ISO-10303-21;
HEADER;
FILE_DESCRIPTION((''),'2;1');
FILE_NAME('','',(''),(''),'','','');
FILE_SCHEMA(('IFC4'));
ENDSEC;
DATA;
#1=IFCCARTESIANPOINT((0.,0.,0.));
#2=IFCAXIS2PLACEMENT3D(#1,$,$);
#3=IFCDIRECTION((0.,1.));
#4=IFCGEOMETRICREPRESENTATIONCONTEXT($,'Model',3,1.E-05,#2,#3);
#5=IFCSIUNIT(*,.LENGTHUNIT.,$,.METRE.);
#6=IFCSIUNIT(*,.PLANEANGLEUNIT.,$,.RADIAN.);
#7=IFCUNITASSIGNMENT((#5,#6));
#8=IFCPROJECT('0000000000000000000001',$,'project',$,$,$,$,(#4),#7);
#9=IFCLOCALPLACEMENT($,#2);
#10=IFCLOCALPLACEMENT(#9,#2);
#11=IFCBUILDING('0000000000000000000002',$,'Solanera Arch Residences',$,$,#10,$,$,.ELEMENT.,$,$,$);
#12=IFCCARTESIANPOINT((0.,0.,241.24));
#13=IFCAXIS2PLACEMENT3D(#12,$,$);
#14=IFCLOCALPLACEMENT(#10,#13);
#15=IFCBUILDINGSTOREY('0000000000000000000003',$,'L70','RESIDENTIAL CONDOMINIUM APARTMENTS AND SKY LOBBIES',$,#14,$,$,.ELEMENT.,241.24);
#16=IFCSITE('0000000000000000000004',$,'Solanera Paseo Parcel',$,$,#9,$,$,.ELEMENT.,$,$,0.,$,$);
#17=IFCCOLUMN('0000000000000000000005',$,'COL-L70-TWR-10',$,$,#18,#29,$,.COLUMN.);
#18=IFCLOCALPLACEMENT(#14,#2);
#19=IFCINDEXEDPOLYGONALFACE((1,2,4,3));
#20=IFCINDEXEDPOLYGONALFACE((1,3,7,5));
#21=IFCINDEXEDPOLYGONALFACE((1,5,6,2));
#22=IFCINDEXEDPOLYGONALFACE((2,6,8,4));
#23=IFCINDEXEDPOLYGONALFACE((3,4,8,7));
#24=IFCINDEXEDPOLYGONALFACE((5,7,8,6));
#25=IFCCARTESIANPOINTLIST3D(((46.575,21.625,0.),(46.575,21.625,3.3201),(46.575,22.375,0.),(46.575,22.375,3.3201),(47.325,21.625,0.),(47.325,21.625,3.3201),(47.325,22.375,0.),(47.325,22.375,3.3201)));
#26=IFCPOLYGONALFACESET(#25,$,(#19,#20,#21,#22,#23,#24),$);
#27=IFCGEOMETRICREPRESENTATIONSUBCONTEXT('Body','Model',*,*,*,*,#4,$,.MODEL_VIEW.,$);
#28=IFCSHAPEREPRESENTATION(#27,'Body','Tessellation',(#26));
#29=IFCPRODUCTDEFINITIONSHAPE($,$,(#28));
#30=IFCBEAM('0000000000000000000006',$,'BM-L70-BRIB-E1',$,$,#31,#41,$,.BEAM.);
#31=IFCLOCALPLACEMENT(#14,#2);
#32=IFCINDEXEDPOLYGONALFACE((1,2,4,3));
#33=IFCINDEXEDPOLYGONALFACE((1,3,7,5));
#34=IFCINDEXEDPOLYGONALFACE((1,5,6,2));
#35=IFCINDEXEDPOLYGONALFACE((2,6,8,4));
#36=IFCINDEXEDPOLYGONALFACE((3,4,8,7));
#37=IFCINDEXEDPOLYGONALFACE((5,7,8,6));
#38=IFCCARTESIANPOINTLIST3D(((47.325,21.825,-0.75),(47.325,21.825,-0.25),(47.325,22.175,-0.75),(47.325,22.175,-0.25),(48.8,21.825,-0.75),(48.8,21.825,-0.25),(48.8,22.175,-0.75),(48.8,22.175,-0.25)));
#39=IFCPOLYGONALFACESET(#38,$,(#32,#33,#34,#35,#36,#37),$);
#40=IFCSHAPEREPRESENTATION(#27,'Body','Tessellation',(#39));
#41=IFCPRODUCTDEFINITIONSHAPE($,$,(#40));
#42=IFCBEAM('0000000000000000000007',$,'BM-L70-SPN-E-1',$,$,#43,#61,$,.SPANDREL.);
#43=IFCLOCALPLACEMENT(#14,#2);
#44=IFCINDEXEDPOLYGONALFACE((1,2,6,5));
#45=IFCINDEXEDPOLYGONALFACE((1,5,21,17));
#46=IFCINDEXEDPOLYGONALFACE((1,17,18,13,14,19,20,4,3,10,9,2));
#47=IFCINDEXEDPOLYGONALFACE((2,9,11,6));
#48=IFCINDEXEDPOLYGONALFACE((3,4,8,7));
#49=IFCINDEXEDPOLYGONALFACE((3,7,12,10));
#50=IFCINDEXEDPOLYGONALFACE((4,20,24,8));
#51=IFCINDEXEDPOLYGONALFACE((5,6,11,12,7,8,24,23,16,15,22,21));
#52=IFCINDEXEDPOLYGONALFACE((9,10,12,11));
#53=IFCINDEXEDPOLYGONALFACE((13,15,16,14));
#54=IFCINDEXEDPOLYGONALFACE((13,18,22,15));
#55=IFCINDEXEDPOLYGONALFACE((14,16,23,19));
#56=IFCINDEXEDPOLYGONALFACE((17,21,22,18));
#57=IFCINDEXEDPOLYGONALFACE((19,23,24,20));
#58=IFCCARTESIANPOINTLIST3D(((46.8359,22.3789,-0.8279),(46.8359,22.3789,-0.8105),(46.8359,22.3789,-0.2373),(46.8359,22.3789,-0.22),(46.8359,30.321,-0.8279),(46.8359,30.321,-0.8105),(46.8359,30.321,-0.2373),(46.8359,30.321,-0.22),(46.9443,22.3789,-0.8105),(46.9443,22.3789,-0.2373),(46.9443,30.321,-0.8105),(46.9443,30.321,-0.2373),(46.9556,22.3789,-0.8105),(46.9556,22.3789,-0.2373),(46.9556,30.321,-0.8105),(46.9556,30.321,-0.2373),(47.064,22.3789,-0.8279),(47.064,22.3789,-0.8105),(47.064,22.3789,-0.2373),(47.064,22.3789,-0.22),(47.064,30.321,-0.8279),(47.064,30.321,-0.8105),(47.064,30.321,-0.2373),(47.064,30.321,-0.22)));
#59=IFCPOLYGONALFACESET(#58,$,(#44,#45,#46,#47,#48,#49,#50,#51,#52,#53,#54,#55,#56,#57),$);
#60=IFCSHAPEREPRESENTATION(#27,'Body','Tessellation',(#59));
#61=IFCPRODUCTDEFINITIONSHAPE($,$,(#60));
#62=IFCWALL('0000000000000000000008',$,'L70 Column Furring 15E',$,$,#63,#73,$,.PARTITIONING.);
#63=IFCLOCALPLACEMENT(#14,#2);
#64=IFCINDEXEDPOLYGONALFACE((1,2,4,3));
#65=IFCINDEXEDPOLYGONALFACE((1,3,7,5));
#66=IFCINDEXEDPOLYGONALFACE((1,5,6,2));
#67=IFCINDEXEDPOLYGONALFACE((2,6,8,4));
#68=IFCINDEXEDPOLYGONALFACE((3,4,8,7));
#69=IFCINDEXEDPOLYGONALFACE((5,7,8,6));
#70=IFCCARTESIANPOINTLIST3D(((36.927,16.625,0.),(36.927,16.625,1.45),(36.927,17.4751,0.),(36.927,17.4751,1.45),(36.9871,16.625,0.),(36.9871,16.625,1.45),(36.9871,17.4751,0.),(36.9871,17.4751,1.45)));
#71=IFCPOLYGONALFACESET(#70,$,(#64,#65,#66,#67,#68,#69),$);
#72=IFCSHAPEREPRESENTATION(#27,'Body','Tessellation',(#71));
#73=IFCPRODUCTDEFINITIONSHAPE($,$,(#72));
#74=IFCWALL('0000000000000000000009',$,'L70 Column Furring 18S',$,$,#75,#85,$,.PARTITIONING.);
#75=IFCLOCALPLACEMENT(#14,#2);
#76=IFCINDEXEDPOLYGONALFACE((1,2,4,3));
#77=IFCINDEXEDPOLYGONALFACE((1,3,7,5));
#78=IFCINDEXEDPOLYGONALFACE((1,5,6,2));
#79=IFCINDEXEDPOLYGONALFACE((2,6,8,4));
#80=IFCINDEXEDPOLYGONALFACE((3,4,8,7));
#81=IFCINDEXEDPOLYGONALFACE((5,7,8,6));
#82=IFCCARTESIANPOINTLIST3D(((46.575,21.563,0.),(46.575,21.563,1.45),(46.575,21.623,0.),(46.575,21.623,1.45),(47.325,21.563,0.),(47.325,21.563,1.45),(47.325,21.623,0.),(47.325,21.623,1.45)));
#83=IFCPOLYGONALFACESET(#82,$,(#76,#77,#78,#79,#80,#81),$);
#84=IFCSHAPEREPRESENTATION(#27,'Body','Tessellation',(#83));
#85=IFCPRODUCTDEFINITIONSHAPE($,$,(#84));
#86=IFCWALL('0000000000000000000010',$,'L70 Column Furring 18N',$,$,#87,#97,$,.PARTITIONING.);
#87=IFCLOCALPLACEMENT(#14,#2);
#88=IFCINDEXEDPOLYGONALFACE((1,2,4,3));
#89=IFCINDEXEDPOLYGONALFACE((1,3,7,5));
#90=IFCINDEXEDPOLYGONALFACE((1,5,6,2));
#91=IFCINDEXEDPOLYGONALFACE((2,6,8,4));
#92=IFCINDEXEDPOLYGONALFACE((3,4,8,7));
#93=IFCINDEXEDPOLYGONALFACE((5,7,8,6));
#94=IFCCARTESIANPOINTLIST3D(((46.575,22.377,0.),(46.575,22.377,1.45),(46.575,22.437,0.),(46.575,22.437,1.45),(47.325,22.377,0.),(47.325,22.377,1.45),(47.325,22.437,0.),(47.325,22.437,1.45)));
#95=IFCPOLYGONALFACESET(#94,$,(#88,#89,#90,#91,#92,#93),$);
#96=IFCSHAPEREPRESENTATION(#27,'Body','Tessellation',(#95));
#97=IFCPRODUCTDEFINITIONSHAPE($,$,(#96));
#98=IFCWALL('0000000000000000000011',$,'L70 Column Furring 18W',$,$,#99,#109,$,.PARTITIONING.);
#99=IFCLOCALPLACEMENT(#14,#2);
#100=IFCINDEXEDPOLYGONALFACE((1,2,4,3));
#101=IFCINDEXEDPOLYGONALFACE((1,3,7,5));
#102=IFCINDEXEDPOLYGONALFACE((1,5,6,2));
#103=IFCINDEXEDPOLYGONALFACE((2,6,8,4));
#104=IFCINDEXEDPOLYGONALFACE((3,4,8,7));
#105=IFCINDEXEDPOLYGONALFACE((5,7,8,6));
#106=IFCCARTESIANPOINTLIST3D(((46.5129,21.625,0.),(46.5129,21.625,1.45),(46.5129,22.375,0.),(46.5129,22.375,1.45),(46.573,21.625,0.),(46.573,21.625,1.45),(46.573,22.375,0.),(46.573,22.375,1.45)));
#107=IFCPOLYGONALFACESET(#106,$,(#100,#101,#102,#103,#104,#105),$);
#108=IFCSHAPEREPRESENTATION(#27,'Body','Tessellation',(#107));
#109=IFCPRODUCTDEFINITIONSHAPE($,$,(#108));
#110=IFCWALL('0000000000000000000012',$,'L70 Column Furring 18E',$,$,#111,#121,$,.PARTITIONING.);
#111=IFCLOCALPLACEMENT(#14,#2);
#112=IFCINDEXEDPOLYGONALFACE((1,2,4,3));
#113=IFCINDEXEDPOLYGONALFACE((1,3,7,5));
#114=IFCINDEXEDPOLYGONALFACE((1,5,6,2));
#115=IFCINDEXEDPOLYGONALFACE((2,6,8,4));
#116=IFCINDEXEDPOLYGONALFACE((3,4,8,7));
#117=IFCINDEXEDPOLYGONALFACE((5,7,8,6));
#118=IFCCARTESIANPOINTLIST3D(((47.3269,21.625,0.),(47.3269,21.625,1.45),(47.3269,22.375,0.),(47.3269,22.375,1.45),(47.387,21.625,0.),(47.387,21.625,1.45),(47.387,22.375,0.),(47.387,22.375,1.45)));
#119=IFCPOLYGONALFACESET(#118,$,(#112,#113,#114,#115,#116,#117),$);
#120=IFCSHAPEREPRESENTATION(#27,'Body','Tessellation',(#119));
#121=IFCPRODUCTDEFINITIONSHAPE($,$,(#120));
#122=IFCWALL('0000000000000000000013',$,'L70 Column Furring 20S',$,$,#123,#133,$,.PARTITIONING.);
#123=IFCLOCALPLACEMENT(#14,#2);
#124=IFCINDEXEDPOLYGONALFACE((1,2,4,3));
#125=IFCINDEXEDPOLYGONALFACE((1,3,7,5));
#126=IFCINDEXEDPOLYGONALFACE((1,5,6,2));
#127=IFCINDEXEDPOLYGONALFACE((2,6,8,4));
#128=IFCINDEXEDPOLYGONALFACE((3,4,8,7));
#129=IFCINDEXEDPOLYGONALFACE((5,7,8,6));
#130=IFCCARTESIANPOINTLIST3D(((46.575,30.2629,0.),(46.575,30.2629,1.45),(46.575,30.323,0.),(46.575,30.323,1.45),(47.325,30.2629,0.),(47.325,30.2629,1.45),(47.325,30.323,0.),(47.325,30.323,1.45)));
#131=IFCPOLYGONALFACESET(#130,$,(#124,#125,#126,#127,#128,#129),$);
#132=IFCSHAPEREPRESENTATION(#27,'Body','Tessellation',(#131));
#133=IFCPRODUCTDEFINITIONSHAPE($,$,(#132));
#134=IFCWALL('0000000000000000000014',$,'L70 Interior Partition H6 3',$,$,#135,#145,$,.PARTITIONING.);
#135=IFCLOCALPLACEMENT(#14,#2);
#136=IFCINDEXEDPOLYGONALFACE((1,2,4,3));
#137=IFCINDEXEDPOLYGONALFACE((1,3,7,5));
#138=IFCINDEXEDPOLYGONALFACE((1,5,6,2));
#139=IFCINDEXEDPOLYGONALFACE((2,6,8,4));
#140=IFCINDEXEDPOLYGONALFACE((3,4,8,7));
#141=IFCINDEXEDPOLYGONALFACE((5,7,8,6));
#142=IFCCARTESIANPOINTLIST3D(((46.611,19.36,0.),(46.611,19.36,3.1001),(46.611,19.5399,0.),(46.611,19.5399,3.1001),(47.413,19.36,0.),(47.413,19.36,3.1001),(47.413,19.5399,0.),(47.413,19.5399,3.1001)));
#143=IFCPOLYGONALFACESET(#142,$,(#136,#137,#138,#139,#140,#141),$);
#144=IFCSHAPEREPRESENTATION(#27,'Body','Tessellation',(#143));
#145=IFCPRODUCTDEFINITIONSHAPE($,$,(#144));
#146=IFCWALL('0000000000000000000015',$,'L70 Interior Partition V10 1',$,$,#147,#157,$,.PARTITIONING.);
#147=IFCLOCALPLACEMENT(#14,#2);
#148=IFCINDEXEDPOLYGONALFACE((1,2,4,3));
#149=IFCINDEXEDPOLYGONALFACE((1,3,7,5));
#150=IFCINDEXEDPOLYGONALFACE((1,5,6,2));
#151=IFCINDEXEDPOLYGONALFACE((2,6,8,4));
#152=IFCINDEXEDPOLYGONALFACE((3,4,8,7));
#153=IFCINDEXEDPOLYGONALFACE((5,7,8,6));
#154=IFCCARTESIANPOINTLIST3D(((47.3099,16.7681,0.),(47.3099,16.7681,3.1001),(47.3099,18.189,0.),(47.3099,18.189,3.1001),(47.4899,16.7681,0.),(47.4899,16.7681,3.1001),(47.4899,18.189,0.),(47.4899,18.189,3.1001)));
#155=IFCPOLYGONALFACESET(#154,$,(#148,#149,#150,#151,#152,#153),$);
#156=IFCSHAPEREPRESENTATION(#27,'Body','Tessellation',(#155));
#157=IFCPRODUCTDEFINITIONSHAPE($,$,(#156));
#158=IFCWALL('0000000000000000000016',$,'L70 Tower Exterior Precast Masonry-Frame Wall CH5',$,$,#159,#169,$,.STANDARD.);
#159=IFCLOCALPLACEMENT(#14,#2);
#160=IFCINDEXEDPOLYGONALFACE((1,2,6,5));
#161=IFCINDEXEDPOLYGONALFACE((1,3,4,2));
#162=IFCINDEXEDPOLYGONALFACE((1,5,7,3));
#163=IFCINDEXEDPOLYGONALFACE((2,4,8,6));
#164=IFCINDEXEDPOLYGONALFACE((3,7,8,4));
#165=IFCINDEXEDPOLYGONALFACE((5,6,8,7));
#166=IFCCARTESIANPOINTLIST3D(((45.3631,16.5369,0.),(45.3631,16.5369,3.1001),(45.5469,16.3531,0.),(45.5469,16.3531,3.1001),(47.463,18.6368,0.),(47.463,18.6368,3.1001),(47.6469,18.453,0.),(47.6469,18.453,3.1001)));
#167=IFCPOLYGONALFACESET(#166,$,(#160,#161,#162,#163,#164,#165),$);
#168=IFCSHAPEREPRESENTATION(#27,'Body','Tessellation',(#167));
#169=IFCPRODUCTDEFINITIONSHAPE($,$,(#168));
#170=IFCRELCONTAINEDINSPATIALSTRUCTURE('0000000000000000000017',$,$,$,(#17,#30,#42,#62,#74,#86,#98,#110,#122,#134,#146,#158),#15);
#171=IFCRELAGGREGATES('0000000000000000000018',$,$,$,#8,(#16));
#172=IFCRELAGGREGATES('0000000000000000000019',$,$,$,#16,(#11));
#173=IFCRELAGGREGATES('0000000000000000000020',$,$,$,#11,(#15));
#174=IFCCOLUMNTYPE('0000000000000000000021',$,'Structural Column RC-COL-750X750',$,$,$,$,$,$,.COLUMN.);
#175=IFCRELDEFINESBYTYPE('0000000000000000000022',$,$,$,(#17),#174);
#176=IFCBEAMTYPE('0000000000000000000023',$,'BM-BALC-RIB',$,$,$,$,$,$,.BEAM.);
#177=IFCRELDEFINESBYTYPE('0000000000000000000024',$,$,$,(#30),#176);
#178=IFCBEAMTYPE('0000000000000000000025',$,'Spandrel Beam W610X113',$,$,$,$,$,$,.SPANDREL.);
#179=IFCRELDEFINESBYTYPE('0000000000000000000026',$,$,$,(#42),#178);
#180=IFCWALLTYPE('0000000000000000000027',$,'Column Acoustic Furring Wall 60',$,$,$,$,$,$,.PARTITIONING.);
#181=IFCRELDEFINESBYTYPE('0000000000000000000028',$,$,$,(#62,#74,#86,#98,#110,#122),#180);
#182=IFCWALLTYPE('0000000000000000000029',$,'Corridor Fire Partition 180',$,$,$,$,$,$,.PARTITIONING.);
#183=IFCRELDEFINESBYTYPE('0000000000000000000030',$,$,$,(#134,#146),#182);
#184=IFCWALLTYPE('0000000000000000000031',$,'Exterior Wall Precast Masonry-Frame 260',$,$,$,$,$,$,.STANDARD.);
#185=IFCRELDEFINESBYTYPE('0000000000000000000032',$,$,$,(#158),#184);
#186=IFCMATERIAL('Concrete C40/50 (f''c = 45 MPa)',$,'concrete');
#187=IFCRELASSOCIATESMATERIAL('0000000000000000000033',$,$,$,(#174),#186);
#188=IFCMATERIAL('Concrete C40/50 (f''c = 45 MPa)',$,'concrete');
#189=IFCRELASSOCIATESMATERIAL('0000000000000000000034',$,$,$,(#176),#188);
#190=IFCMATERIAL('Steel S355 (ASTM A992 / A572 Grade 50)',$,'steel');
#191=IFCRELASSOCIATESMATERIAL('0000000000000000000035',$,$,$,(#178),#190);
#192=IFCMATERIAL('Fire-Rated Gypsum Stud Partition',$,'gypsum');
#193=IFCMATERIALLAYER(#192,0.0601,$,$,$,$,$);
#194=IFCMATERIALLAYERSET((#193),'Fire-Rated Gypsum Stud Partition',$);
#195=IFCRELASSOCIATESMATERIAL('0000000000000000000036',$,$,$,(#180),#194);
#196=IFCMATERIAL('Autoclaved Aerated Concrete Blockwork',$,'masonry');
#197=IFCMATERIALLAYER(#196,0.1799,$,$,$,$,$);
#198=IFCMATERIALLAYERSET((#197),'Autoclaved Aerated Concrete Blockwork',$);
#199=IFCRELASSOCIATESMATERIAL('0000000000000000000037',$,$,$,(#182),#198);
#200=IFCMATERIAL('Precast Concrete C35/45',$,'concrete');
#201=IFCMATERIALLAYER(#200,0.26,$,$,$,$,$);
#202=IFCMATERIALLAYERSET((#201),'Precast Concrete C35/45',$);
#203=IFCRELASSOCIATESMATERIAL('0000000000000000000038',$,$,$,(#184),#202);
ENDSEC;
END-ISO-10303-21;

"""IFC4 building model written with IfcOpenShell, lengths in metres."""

from ifc_helpers import new_model, si_unit, direction, frame, frame_2d, origin, origin_2d, place, context, subcontext, project, spatial, rectangle, i_section, extrude, material, layer, layer_set, material_profile, profile_set, type_object, element, save


model = new_model("IFC4")

# Units and contexts
model_context = context("Model", 3, precision=1e-05, world=origin(), true_north=direction((0.0, 1.0)))
body_context = subcontext(model_context, "Body", "Model", "MODEL_VIEW")
ifc_project = project(units=[si_unit("LENGTHUNIT", "METRE"), si_unit("PLANEANGLEUNIT", "RADIAN")], contexts=[model_context])

# Site, building, storey
site_placement = place(None, origin())
site = spatial("IfcSite", under=ifc_project, at=site_placement, Name="Solanera Paseo Parcel", CompositionType="ELEMENT", RefElevation=0.0)
building_placement = place(site_placement, origin())
building = spatial("IfcBuilding", under=site, at=building_placement, Name="Solanera Arch Residences", CompositionType="ELEMENT")
storey_placement = place(building_placement, frame((0.0, 0.0, 241.24)))
storey = spatial("IfcBuildingStorey", under=building, at=storey_placement, Name="L70", Description="RESIDENTIAL CONDOMINIUM APARTMENTS AND SKY LOBBIES", CompositionType="ELEMENT", Elevation=241.24)

# Column
ifc_material_1 = material(Name="Concrete C40/50 (f'c = 45 MPa)", Category="concrete")
ifc_material_profile_1 = material_profile(ifc_material_1, rectangle(XDim=0.75, YDim=0.75, at=origin_2d()))
ifc_profile_set_1 = profile_set([ifc_material_profile_1], Name="Concrete C40/50 (f'c = 45 MPa)")
column_type = type_object("IfcColumnType", Name="Structural Column RC-COL-750X750", PredefinedType="COLUMN", material=ifc_profile_set_1)
column_placement = place(storey_placement, frame((46.95, 22.0, 0.0), z_axis=(0.0, 0.0, 1.0), x_axis=(1.0, 0.0, 0.0)))
element("IfcColumn", 1, at=column_placement, inside=storey, type_object=column_type, Name="COL-L70-TWR-10", PredefinedType="COLUMN", context=body_context, shape_type="SweptSolid", body=[
    extrude(rectangle(XDim=0.75, YDim=0.75, at=origin_2d()), origin(), (0.0, 0.0, 1.0), 3.3201),
])

# Beams
ifc_material_2 = material(Name="Concrete C40/50 (f'c = 45 MPa)", Category="concrete")
ifc_material_profile_2 = material_profile(ifc_material_2, rectangle(XDim=0.3501, YDim=0.5, at=origin_2d()))
ifc_profile_set_2 = profile_set([ifc_material_profile_2], Name="Concrete C40/50 (f'c = 45 MPa)")
beam_type_1 = type_object("IfcBeamType", Name="BM-BALC-RIB", PredefinedType="BEAM", material=ifc_profile_set_2)
beam_1_placement = place(storey_placement, frame((47.325, 22.0, -0.5), z_axis=(1.0, 0.0, 0.0), x_axis=(0.0, 1.0, 0.0)))
element("IfcBeam", 2, at=beam_1_placement, inside=storey, type_object=beam_type_1, Name="BM-L70-BRIB-E1", PredefinedType="BEAM", context=body_context, shape_type="SweptSolid", body=[
    extrude(rectangle(XDim=0.3501, YDim=0.5, at=origin_2d()), origin(), (0.0, 0.0, 1.0), 1.4751),
])
ifc_material_3 = material(Name="Steel S355 (ASTM A992 / A572 Grade 50)", Category="steel")
ifc_material_profile_3 = material_profile(ifc_material_3, i_section(OverallWidth=0.228, OverallDepth=0.6079, WebThickness=0.0112, FlangeThickness=0.0173, at=origin_2d()))
ifc_profile_set_3 = profile_set([ifc_material_profile_3], Name="Steel S355 (ASTM A992 / A572 Grade 50)")
beam_type_2 = type_object("IfcBeamType", Name="Spandrel Beam W610X113", PredefinedType="SPANDREL", material=ifc_profile_set_3)
beam_2_placement = place(storey_placement, frame((46.95, 22.3789, -0.5239), z_axis=(0.0, 1.0, 0.0), x_axis=(-1.0, 0.0, 0.0)))
element("IfcBeam", 3, at=beam_2_placement, inside=storey, type_object=beam_type_2, Name="BM-L70-SPN-E-1", PredefinedType="SPANDREL", context=body_context, shape_type="SweptSolid", body=[
    extrude(i_section(OverallWidth=0.228, OverallDepth=0.6079, WebThickness=0.0112, FlangeThickness=0.0173, at=origin_2d()), origin(), (0.0, 0.0, 1.0), 7.9421),
])

# Walls
ifc_material_4 = material(Name="Fire-Rated Gypsum Stud Partition", Category="gypsum")
ifc_layer_1 = layer(ifc_material_4, 0.0601)
ifc_layer_set_1 = layer_set([ifc_layer_1], Name="Fire-Rated Gypsum Stud Partition")
wall_type_1 = type_object("IfcWallType", Name="Column Acoustic Furring Wall 60", PredefinedType="PARTITIONING", material=ifc_layer_set_1)
wall_1_placement = place(storey_placement, frame((36.957, 16.625, 0.0), z_axis=(0.0, 0.0, 1.0), x_axis=(0.0, 1.0, 0.0)))
element("IfcWall", 4, at=wall_1_placement, inside=storey, type_object=wall_type_1, Name="L70 Column Furring 15E", PredefinedType="PARTITIONING", context=body_context, shape_type="SweptSolid", body=[
    extrude(rectangle(XDim=0.8501, YDim=0.0601, at=frame_2d((0.425, 0.0))), origin(), (0.0, 0.0, 1.0), 1.45),
])
for number, where, z_axis, x_axis, name in (
    (5, (46.575, 21.593, 0.0), (0.0, 0.0, 1.0), (1.0, 0.0, 0.0), "L70 Column Furring 18S"),
    (6, (46.575, 22.407, 0.0), (0.0, 0.0, 1.0), (1.0, 0.0, 0.0), "L70 Column Furring 18N"),
    (7, (46.543, 21.625, 0.0), (0.0, 0.0, 1.0), (0.0, 1.0, 0.0), "L70 Column Furring 18W"),
    (8, (47.3569, 21.625, 0.0), (0.0, 0.0, 1.0), (0.0, 1.0, 0.0), "L70 Column Furring 18E"),
    (9, (46.575, 30.293, 0.0), (0.0, 0.0, 1.0), (1.0, 0.0, 0.0), "L70 Column Furring 20S"),
):
    element("IfcWall", number, at=place(storey_placement, frame(where, z_axis=z_axis, x_axis=x_axis)), inside=storey, type_object=wall_type_1, Name=name, PredefinedType="PARTITIONING", context=body_context, shape_type="SweptSolid", body=[
        extrude(rectangle(XDim=0.75, YDim=0.0601, at=frame_2d((0.375, 0.0))), origin(), (0.0, 0.0, 1.0), 1.45),
    ])
ifc_material_5 = material(Name="Autoclaved Aerated Concrete Blockwork", Category="masonry")
ifc_layer_2 = layer(ifc_material_5, 0.1799)
ifc_layer_set_2 = layer_set([ifc_layer_2], Name="Autoclaved Aerated Concrete Blockwork")
wall_type_2 = type_object("IfcWallType", Name="Corridor Fire Partition 180", PredefinedType="PARTITIONING", material=ifc_layer_set_2)
wall_2_placement = place(storey_placement, frame((46.6111, 19.45, 0.0), z_axis=(0.0, 0.0, 1.0), x_axis=(1.0, 0.0, 0.0)))
element("IfcWall", 10, at=wall_2_placement, inside=storey, type_object=wall_type_2, Name="L70 Interior Partition H6 3", PredefinedType="PARTITIONING", context=body_context, shape_type="SweptSolid", body=[
    extrude(rectangle(XDim=0.802, YDim=0.1799, at=frame_2d((0.4009, 0.0))), origin(), (0.0, 0.0, 1.0), 3.1001),
])
wall_3_placement = place(storey_placement, frame((47.3999, 16.7681, 0.0), z_axis=(0.0, 0.0, 1.0), x_axis=(0.0, 1.0, 0.0)))
element("IfcWall", 11, at=wall_3_placement, inside=storey, type_object=wall_type_2, Name="L70 Interior Partition V10 1", PredefinedType="PARTITIONING", context=body_context, shape_type="SweptSolid", body=[
    extrude(rectangle(XDim=1.4209, YDim=0.1799, at=frame_2d((0.7104, 0.0))), origin(), (0.0, 0.0, 1.0), 3.1001),
])
ifc_material_6 = material(Name="Precast Concrete C35/45", Category="concrete")
ifc_layer_3 = layer(ifc_material_6, 0.26)
ifc_layer_set_3 = layer_set([ifc_layer_3], Name="Precast Concrete C35/45")
wall_type_3 = type_object("IfcWallType", Name="Exterior Wall Precast Masonry-Frame 260", PredefinedType="STANDARD", material=ifc_layer_set_3)
wall_4_placement = place(storey_placement, frame((47.5549, 18.5449, 0.0), z_axis=(0.0, 0.0, 1.0), x_axis=(-0.707107, -0.707107, 0.0)))
element("IfcWall", 12, at=wall_4_placement, inside=storey, type_object=wall_type_3, Name="L70 Tower Exterior Precast Masonry-Frame Wall CH5", PredefinedType="STANDARD", context=body_context, shape_type="SweptSolid", body=[
    extrude(rectangle(XDim=2.9697, YDim=0.26, at=frame_2d((1.4849, 0.0))), origin(), (0.0, 0.0, 1.0), 3.1001),
])

save(model, "model.ifc")
